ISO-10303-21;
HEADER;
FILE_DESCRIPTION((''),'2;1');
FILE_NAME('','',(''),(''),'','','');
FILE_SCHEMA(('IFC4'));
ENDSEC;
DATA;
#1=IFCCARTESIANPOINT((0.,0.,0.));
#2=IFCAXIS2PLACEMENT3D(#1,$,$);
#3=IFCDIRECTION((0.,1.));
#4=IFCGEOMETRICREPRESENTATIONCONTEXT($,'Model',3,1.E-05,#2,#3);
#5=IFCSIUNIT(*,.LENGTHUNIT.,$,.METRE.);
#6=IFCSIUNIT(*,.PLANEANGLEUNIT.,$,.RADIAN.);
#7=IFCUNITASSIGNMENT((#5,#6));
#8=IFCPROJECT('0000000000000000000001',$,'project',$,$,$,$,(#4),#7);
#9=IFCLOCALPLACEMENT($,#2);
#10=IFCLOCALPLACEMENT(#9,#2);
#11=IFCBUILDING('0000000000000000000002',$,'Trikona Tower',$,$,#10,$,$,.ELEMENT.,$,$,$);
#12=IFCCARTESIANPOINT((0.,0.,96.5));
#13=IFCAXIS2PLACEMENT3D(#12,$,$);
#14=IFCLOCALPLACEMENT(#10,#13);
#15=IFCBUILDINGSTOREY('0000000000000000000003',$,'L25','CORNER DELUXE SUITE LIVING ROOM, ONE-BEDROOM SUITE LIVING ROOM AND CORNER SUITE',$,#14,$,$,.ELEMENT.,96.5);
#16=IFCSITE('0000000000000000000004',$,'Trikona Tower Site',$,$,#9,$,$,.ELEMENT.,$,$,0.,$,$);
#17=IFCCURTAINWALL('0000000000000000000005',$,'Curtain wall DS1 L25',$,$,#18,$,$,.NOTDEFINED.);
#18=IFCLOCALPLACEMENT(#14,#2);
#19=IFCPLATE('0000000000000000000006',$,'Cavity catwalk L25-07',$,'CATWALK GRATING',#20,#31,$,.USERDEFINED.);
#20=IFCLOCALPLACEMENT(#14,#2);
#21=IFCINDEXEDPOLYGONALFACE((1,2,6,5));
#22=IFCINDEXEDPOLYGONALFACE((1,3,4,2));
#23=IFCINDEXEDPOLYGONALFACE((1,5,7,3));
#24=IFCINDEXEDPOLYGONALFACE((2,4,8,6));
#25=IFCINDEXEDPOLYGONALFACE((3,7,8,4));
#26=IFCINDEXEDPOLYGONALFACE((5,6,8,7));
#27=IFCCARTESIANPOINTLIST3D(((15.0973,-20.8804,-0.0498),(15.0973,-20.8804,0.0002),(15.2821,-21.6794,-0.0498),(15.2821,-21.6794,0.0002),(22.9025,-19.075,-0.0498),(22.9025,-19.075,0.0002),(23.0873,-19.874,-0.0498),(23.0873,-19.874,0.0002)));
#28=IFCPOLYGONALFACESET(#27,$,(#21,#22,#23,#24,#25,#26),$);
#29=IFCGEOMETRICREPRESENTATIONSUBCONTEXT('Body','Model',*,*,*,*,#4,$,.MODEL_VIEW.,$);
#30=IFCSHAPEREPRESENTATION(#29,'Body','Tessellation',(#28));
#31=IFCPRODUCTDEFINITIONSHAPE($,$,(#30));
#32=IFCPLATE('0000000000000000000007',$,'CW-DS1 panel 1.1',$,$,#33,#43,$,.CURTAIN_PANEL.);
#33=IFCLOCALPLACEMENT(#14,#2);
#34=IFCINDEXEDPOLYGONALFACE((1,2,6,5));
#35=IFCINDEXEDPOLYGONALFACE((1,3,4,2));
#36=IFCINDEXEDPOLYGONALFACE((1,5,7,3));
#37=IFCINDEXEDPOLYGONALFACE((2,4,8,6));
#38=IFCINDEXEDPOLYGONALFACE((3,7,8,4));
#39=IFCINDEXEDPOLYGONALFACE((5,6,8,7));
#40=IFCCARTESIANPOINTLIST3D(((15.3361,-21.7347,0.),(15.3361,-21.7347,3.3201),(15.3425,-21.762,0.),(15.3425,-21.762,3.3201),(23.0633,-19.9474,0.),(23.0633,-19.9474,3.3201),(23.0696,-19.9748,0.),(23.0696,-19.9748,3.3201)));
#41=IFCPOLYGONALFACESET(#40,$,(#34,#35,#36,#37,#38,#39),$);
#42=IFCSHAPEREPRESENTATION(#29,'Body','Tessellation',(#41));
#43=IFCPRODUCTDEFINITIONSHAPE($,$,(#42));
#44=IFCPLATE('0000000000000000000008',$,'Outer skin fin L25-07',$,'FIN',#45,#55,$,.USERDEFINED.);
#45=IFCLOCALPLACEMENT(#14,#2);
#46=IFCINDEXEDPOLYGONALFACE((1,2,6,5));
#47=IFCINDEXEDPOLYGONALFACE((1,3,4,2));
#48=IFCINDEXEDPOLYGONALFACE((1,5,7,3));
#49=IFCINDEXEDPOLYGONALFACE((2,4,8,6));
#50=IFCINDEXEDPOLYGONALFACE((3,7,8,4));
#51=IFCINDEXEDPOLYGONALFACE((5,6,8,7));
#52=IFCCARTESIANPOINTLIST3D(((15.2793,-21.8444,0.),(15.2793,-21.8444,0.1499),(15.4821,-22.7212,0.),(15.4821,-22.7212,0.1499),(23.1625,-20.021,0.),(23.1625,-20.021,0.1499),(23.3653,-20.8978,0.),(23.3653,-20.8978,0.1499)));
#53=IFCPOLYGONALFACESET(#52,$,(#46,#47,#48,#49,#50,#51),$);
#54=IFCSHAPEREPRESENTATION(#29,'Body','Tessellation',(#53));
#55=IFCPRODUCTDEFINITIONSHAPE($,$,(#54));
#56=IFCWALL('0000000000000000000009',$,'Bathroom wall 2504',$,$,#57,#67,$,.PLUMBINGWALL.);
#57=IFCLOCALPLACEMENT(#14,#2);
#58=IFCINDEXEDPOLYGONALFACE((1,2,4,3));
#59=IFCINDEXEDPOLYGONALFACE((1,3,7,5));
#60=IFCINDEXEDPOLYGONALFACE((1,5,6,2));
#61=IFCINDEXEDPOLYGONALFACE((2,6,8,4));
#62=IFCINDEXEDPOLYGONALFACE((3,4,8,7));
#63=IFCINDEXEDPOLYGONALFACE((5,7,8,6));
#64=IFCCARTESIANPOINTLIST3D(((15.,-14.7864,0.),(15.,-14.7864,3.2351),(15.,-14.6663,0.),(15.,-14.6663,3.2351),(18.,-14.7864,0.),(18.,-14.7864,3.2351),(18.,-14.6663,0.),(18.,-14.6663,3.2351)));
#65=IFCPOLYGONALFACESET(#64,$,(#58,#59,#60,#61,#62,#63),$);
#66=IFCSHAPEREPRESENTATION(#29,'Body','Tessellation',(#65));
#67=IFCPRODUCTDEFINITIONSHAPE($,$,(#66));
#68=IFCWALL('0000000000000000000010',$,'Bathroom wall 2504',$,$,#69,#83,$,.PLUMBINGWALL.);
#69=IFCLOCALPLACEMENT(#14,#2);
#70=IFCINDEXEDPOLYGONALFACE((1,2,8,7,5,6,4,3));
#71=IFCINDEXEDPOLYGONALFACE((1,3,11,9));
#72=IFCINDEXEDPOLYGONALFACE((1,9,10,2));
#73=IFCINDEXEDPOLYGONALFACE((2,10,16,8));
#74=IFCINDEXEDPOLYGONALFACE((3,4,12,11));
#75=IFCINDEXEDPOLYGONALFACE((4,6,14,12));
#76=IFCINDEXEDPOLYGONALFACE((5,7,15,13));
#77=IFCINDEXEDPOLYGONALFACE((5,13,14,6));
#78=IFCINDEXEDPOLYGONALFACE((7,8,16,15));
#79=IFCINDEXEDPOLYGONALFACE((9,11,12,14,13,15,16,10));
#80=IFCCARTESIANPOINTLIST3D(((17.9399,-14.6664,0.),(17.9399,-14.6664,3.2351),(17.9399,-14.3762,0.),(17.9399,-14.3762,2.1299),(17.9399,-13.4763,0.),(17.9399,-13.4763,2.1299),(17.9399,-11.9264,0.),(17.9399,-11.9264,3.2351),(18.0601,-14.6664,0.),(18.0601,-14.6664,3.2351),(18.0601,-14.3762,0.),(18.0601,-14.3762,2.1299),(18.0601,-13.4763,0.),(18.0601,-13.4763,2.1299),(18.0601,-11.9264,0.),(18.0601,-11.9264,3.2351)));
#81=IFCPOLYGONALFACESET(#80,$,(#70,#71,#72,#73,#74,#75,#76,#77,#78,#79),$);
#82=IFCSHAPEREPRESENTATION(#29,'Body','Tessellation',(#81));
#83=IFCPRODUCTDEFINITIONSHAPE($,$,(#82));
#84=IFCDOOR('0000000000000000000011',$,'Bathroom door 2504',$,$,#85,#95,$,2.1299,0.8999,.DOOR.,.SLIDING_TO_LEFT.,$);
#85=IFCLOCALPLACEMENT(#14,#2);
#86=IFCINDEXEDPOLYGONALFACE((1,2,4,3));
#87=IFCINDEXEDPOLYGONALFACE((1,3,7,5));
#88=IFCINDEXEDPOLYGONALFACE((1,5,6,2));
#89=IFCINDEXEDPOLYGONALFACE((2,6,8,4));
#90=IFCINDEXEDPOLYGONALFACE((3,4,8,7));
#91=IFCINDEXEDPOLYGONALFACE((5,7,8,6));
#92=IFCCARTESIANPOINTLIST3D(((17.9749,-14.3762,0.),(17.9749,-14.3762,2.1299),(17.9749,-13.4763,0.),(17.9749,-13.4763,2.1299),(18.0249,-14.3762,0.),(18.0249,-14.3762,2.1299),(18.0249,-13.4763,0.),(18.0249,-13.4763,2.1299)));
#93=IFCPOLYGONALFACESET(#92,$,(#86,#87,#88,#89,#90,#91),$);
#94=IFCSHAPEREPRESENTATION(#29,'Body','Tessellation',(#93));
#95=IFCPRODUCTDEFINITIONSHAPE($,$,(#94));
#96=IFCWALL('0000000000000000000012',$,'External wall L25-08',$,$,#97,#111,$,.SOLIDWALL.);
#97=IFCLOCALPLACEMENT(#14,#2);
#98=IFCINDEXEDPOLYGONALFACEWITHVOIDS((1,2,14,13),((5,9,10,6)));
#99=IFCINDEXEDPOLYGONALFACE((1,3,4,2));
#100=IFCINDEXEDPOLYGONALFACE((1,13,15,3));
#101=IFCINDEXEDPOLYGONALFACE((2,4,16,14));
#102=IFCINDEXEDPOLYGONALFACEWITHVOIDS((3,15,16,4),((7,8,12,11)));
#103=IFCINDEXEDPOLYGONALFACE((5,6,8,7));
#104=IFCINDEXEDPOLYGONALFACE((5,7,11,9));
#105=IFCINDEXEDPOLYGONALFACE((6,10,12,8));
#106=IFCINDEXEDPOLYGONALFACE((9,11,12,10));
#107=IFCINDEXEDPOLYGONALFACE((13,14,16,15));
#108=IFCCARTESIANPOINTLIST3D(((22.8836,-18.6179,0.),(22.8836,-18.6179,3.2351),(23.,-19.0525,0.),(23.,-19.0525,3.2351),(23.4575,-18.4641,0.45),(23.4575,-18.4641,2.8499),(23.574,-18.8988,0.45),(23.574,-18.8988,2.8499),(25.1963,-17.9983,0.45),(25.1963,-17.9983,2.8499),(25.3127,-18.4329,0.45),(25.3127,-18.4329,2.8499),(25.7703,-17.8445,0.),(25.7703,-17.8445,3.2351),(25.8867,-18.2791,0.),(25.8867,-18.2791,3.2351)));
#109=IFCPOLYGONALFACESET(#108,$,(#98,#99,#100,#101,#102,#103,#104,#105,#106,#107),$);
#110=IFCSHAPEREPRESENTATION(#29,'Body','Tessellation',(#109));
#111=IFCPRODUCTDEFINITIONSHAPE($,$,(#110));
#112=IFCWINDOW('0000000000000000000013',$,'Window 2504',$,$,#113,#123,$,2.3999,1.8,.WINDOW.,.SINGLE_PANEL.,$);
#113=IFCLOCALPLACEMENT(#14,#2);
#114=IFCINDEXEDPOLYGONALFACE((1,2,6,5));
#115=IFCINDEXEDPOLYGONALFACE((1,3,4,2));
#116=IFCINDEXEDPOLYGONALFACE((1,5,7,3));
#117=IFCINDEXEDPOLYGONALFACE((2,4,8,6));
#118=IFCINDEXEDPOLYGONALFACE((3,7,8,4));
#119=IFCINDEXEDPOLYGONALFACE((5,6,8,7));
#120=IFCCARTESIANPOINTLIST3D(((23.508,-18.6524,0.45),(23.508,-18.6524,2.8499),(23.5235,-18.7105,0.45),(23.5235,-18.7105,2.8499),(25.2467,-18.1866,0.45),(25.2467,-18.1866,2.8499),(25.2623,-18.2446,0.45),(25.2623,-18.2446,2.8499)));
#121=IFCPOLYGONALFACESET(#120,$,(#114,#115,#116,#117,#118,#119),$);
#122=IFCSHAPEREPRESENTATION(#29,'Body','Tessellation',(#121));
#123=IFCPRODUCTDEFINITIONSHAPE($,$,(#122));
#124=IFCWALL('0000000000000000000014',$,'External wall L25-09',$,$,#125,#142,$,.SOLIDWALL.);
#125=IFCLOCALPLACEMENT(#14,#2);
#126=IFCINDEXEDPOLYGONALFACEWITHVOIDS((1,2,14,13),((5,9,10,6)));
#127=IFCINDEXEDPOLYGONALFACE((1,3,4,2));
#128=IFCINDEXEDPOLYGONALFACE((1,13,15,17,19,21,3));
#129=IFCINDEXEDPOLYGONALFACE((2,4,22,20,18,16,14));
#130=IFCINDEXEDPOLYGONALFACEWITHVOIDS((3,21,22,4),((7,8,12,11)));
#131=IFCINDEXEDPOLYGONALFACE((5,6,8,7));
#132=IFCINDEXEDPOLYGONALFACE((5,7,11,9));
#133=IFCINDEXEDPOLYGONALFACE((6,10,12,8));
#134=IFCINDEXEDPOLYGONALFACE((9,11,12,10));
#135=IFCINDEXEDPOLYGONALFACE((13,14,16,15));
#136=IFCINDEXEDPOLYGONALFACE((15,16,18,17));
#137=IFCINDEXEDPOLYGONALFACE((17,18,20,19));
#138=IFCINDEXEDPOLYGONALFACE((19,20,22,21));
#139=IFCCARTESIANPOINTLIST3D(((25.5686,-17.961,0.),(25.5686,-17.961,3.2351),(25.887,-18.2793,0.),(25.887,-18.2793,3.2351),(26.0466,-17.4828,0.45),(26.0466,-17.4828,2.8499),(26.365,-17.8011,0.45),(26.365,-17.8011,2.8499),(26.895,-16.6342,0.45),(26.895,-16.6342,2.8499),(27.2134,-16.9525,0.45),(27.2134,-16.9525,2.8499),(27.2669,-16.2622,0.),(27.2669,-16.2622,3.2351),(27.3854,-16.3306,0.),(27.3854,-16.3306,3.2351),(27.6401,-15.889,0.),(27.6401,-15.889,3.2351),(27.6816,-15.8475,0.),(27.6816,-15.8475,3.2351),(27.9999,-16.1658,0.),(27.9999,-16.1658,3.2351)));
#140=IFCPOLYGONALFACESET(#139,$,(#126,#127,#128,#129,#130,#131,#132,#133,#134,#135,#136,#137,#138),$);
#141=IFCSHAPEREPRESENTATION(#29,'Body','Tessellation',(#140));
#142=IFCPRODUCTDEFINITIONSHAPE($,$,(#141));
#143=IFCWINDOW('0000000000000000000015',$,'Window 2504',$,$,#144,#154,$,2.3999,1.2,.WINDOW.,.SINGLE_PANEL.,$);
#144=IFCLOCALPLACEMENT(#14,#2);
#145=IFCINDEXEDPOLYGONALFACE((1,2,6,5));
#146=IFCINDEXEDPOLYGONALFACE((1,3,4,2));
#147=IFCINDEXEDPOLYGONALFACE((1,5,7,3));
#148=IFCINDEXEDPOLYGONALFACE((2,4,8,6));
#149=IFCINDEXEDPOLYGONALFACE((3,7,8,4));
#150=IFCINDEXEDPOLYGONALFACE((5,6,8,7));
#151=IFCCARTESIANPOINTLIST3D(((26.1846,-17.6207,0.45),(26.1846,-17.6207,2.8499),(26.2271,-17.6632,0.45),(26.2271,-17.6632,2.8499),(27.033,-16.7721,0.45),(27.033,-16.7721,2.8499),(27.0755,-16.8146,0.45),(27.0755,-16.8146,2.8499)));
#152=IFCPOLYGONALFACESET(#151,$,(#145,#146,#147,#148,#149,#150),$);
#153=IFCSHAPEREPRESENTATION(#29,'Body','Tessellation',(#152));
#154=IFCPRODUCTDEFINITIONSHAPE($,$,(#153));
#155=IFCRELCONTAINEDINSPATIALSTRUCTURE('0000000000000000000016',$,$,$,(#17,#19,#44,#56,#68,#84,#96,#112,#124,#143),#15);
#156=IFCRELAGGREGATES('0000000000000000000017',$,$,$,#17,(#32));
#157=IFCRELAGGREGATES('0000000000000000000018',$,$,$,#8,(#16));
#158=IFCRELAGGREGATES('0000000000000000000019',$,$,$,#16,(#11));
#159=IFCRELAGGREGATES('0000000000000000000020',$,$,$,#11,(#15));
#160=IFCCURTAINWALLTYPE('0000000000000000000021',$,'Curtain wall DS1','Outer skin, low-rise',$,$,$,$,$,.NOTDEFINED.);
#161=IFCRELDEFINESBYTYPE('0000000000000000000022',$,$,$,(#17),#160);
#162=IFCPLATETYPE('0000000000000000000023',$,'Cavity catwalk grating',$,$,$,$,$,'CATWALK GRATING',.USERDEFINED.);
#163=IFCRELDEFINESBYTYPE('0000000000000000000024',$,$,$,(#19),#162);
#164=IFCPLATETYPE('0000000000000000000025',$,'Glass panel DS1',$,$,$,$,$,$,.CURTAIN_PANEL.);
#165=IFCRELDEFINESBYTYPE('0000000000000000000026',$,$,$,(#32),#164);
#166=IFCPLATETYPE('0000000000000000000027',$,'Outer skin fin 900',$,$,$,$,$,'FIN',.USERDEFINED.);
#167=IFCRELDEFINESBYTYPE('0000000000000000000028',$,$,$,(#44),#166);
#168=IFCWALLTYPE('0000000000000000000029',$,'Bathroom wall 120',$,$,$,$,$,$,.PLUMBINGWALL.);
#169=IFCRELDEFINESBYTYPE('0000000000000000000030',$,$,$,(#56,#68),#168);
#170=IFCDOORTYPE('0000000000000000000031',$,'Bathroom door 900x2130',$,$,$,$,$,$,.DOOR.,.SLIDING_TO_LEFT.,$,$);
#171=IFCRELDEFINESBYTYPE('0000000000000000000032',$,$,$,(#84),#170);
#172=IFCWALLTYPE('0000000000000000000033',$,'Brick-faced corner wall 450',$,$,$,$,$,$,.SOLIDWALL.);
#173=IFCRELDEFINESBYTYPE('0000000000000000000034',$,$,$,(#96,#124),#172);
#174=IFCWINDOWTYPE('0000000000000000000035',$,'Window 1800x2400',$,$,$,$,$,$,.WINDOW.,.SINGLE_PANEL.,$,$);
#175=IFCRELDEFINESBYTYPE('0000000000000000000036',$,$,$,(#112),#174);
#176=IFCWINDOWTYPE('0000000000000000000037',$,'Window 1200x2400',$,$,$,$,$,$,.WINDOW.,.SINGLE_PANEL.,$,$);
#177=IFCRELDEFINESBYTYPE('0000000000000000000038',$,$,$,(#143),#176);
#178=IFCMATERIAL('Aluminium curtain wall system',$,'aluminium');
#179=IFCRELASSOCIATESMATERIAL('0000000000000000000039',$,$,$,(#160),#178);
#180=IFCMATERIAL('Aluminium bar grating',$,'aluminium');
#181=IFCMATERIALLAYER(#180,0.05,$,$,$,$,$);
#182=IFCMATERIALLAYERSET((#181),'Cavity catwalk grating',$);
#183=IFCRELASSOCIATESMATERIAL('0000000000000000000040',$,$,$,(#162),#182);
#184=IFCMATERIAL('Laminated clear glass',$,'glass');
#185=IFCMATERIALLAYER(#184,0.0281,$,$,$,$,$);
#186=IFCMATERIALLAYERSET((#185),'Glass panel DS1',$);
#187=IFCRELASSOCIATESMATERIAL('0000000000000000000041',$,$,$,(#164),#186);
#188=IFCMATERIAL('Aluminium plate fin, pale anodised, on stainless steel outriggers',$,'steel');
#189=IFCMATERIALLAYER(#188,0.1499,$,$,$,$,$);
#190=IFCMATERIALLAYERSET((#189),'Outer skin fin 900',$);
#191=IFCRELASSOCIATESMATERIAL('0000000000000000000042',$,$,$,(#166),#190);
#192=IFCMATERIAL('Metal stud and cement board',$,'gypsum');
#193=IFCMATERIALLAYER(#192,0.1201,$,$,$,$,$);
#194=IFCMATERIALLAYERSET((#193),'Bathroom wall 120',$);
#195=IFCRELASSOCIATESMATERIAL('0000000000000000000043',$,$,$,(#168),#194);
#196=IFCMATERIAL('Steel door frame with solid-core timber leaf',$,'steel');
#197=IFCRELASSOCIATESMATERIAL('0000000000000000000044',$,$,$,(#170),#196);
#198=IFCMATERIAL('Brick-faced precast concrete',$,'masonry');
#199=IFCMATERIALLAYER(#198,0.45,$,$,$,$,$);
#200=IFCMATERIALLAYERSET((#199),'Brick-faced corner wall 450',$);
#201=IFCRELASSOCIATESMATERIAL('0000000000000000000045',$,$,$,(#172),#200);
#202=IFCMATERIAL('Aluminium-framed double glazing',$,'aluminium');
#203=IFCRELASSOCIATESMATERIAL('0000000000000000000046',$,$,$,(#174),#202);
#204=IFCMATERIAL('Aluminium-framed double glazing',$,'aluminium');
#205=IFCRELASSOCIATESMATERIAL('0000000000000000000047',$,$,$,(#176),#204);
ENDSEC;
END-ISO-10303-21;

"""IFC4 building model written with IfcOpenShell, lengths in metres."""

from ifc_helpers import new_model, si_unit, direction, frame, frame_2d, origin, origin_2d, place, context, subcontext, project, spatial, polyline, rectangle, outline, extrude, material, layer, layer_set, type_object, element, fill, aggregate, save


model = new_model("IFC4")

# Units and contexts
model_context = context("Model", 3, precision=1e-05, world=origin(), true_north=direction((0.0, 1.0)))
body_context = subcontext(model_context, "Body", "Model", "MODEL_VIEW")
ifc_project = project(units=[si_unit("LENGTHUNIT", "METRE"), si_unit("PLANEANGLEUNIT", "RADIAN")], contexts=[model_context])

# Site, building, storey
site_placement = place(None, origin())
site = spatial("IfcSite", under=ifc_project, at=site_placement, Name="Trikona Tower Site", CompositionType="ELEMENT", RefElevation=0.0)
building_placement = place(site_placement, origin())
building = spatial("IfcBuilding", under=site, at=building_placement, Name="Trikona Tower", CompositionType="ELEMENT")
storey_placement = place(building_placement, frame((0.0, 0.0, 96.5)))
storey = spatial("IfcBuildingStorey", under=building, at=storey_placement, Name="L25", Description="CORNER DELUXE SUITE LIVING ROOM, ONE-BEDROOM SUITE LIVING ROOM AND CORNER SUITE", CompositionType="ELEMENT", Elevation=96.5)

# Shared definitions
ifc_material_1 = material(Name="Aluminium curtain wall system", Category="aluminium")
curtain_wall_type = type_object("IfcCurtainWallType", Name="Curtain wall DS1", Description="Outer skin, low-rise", PredefinedType="NOTDEFINED", material=ifc_material_1)

# Curtain wall
curtain_wall_1_placement = place(storey_placement, origin())
curtain_wall_1 = element("IfcCurtainWall", 1, at=curtain_wall_1_placement, inside=storey, type_object=curtain_wall_type, Name="Curtain wall DS1 L25", PredefinedType="NOTDEFINED")

# Plates
ifc_material_2 = material(Name="Aluminium bar grating", Category="aluminium")
ifc_layer_1 = layer(ifc_material_2, 0.05)
ifc_layer_set_1 = layer_set([ifc_layer_1], Name="Cavity catwalk grating")
plate_type_1 = type_object("IfcPlateType", Name="Cavity catwalk grating", ElementType="CATWALK GRATING", PredefinedType="USERDEFINED", material=ifc_layer_set_1)
plate_1_placement = place(storey_placement, frame((19.0923, -20.3772, -0.0498), z_axis=(0.0, 0.0, 1.0), x_axis=(0.974278, 0.225351, 0.0)))
element("IfcPlate", 2, at=plate_1_placement, inside=storey, type_object=plate_type_1, Name="Cavity catwalk L25-07", ObjectType="CATWALK GRATING", PredefinedType="USERDEFINED", context=body_context, shape_type="SweptSolid", body=[
    extrude(rectangle(XDim=8.0112, YDim=0.8201, at=origin_2d()), origin(), (0.0, 0.0, 1.0), 0.05),
])
ifc_material_3 = material(Name="Laminated clear glass", Category="glass")
ifc_layer_2 = layer(ifc_material_3, 0.0281)
ifc_layer_set_2 = layer_set([ifc_layer_2], Name="Glass panel DS1")
plate_type_2 = type_object("IfcPlateType", Name="Glass panel DS1", PredefinedType="CURTAIN_PANEL", material=ifc_layer_set_2)
plate_2_placement = place(storey_placement, frame((19.2029, -20.8547, 0.0), z_axis=(0.0, 0.0, 1.0), x_axis=(0.974279, 0.225343, 0.0)))
plate_2 = element("IfcPlate", 3, at=plate_2_placement, type_object=plate_type_2, Name="CW-DS1 panel 1.1", PredefinedType="CURTAIN_PANEL", context=body_context, shape_type="SweptSolid", body=[
    extrude(rectangle(XDim=7.9312, YDim=0.0281, at=origin_2d()), origin(), (0.0, 0.0, 1.0), 3.3201),
])
aggregate(curtain_wall_1, [plate_2])
ifc_material_4 = material(Name="Aluminium plate fin, pale anodised, on stainless steel outriggers", Category="steel")
ifc_layer_3 = layer(ifc_material_4, 0.1499)
ifc_layer_set_3 = layer_set([ifc_layer_3], Name="Outer skin fin 900")
plate_type_3 = type_object("IfcPlateType", Name="Outer skin fin 900", ElementType="FIN", PredefinedType="USERDEFINED", material=ifc_layer_set_3)
plate_3_placement = place(storey_placement, frame((19.3223, -21.3711, 0.0), z_axis=(0.0, 0.0, 1.0), x_axis=(0.974278, 0.225351, 0.0)))
element("IfcPlate", 4, at=plate_3_placement, inside=storey, type_object=plate_type_3, Name="Outer skin fin L25-07", ObjectType="FIN", PredefinedType="USERDEFINED", context=body_context, shape_type="SweptSolid", body=[
    extrude(rectangle(XDim=8.0913, YDim=0.8999, at=origin_2d()), origin(), (0.0, 0.0, 1.0), 0.1499),
])

# Wall
ifc_material_5 = material(Name="Metal stud and cement board", Category="gypsum")
ifc_layer_4 = layer(ifc_material_5, 0.1201)
ifc_layer_set_4 = layer_set([ifc_layer_4], Name="Bathroom wall 120")
wall_type_1 = type_object("IfcWallType", Name="Bathroom wall 120", PredefinedType="PLUMBINGWALL", material=ifc_layer_set_4)
wall_1_placement = place(storey_placement, frame((15.0, -14.7263, 0.0), z_axis=(0.0, 0.0, 1.0), x_axis=(1.0, 0.0, 0.0)))
element("IfcWall", 5, at=wall_1_placement, inside=storey, type_object=wall_type_1, Name="Bathroom wall 2504", PredefinedType="PLUMBINGWALL", context=body_context, shape_type="SweptSolid", body=[
    extrude(rectangle(XDim=3.0, YDim=0.1201, at=frame_2d((1.5, 0.0))), origin(), (0.0, 0.0, 1.0), 3.2351),
])

# Wall, opening, door
wall_2_placement = place(storey_placement, frame((18.0, -11.9263, 0.0), z_axis=(0.0, 0.0, 1.0), x_axis=(0.0, -1.0, 0.0)))
wall_2 = element("IfcWall", 6, at=wall_2_placement, inside=storey, type_object=wall_type_1, Name="Bathroom wall 2504", PredefinedType="PLUMBINGWALL", context=body_context, shape_type="SweptSolid", body=[
    extrude(rectangle(XDim=2.74, YDim=0.1201, at=frame_2d((1.3701, 0.0))), origin(), (0.0, 0.0, 1.0), 3.2351),
])
opening_1_placement = place(wall_2_placement, frame((1.55, 0.0, 0.0)))
opening_1 = element("IfcOpeningElement", 7, at=opening_1_placement, cuts=wall_2, PredefinedType="OPENING", context=body_context, shape_type="SweptSolid", body=[
    extrude(rectangle(XDim=0.8999, YDim=2.1299, at=frame_2d((0.45, 1.0649))), frame((0.0, 0.0701, 0.0), z_axis=(0.0, -1.0, 0.0), x_axis=(1.0, 0.0, 0.0)), (0.0, 0.0, 1.0), 0.1401),
])
ifc_material_6 = material(Name="Steel door frame with solid-core timber leaf", Category="steel")
door_type = type_object("IfcDoorType", Name="Bathroom door 900x2130", OperationType="SLIDING_TO_LEFT", PredefinedType="DOOR", material=ifc_material_6)
door_placement = place(opening_1_placement, origin())
door = element("IfcDoor", 8, at=door_placement, inside=storey, type_object=door_type, Name="Bathroom door 2504", OperationType="SLIDING_TO_LEFT", OverallHeight=2.1299, OverallWidth=0.8999, PredefinedType="DOOR", context=body_context, shape_type="SweptSolid", body=[
    extrude(rectangle(XDim=0.8999, YDim=2.1299, at=frame_2d((0.45, 1.0649))), frame((0.0, 0.0249, 0.0), z_axis=(0.0, -1.0, 0.0), x_axis=(1.0, 0.0, 0.0)), (0.0, 0.0, 1.0), 0.05),
])
fill(opening_1, door)

# Walls, openings, windows
ifc_material_7 = material(Name="Brick-faced precast concrete", Category="masonry")
ifc_layer_5 = layer(ifc_material_7, 0.45)
ifc_layer_set_5 = layer_set([ifc_layer_5], Name="Brick-faced corner wall 450")
wall_type_2 = type_object("IfcWallType", Name="Brick-faced corner wall 450", PredefinedType="SOLIDWALL", material=ifc_layer_set_5)
wall_3_placement = place(storey_placement, frame((22.9419, -18.8352, 0.0), z_axis=(0.0, 0.0, 1.0), x_axis=(0.965931, 0.258801, 0.0)))
wall_3 = element("IfcWall", 9, at=wall_3_placement, inside=storey, type_object=wall_type_2, Name="External wall L25-08", PredefinedType="SOLIDWALL", context=body_context, shape_type="SweptSolid", body=[
    extrude(rectangle(XDim=2.9885, YDim=0.45, at=frame_2d((1.4941, 0.0))), origin(), (0.0, 0.0, 1.0), 3.2351),
])
opening_2_placement = place(wall_3_placement, frame((0.5942, 0.0, 0.45)))
opening_2 = element("IfcOpeningElement", 10, at=opening_2_placement, cuts=wall_3, PredefinedType="OPENING", context=body_context, shape_type="SweptSolid", body=[
    extrude(rectangle(XDim=1.8, YDim=2.3999, at=frame_2d((0.8999, 1.2))), frame((0.0, 0.2349, 0.0), z_axis=(0.0, -1.0, 0.0), x_axis=(1.0, 0.0, 0.0)), (0.0, 0.0, 1.0), 0.47),
])
ifc_material_8 = material(Name="Aluminium-framed double glazing", Category="aluminium")
window_type_1 = type_object("IfcWindowType", Name="Window 1800x2400", PartitioningType="SINGLE_PANEL", PredefinedType="WINDOW", material=ifc_material_8)
window_1_placement = place(opening_2_placement, origin())
window_1 = element("IfcWindow", 11, at=window_1_placement, inside=storey, type_object=window_type_1, Name="Window 2504", OverallHeight=2.3999, OverallWidth=1.8, PartitioningType="SINGLE_PANEL", PredefinedType="WINDOW", context=body_context, shape_type="SweptSolid", body=[
    extrude(rectangle(XDim=1.8, YDim=2.3999, at=frame_2d((0.8999, 1.2))), frame((0.0, 0.03, 0.0), z_axis=(0.0, -1.0, 0.0), x_axis=(1.0, 0.0, 0.0)), (0.0, 0.0, 1.0), 0.0601),
])
fill(opening_2, window_1)
wall_4_placement = place(storey_placement, frame((25.7278, -18.1201, 0.0), z_axis=(0.0, 0.0, 1.0), x_axis=(0.707025, 0.707188, 0.0)))
wall_4 = element("IfcWall", 12, at=wall_4_placement, inside=storey, type_object=wall_type_2, Name="External wall L25-09", PredefinedType="SOLIDWALL", context=body_context, shape_type="SweptSolid", body=[
    extrude(outline(polyline([(2.9885, 0.2251), (2.9299, 0.2251), (2.4375, 0.093), (2.4021, 0.2251), (0.0, 0.2251), (0.0, -0.2251), (2.9885, -0.2251), (2.9885, 0.2251)])), origin(), (0.0, 0.0, 1.0), 3.2351),
])
opening_3_placement = place(wall_4_placement, frame((0.676, 0.0, 0.45)))
opening_3 = element("IfcOpeningElement", 13, at=opening_3_placement, cuts=wall_4, PredefinedType="OPENING", context=body_context, shape_type="SweptSolid", body=[
    extrude(rectangle(XDim=1.2, YDim=2.3999, at=frame_2d((0.6001, 1.2))), frame((0.0, 0.2349, 0.0), z_axis=(0.0, -1.0, 0.0), x_axis=(1.0, 0.0, 0.0)), (0.0, 0.0, 1.0), 0.47),
])
ifc_material_9 = material(Name="Aluminium-framed double glazing", Category="aluminium")
window_type_2 = type_object("IfcWindowType", Name="Window 1200x2400", PartitioningType="SINGLE_PANEL", PredefinedType="WINDOW", material=ifc_material_9)
window_2_placement = place(opening_3_placement, origin())
window_2 = element("IfcWindow", 14, at=window_2_placement, inside=storey, type_object=window_type_2, Name="Window 2504", OverallHeight=2.3999, OverallWidth=1.2, PartitioningType="SINGLE_PANEL", PredefinedType="WINDOW", context=body_context, shape_type="SweptSolid", body=[
    extrude(rectangle(XDim=1.2, YDim=2.3999, at=frame_2d((0.6001, 1.2))), frame((0.0, 0.03, 0.0), z_axis=(0.0, -1.0, 0.0), x_axis=(1.0, 0.0, 0.0)), (0.0, 0.0, 1.0), 0.0601),
])
fill(opening_3, window_2)

save(model, "model.ifc")
